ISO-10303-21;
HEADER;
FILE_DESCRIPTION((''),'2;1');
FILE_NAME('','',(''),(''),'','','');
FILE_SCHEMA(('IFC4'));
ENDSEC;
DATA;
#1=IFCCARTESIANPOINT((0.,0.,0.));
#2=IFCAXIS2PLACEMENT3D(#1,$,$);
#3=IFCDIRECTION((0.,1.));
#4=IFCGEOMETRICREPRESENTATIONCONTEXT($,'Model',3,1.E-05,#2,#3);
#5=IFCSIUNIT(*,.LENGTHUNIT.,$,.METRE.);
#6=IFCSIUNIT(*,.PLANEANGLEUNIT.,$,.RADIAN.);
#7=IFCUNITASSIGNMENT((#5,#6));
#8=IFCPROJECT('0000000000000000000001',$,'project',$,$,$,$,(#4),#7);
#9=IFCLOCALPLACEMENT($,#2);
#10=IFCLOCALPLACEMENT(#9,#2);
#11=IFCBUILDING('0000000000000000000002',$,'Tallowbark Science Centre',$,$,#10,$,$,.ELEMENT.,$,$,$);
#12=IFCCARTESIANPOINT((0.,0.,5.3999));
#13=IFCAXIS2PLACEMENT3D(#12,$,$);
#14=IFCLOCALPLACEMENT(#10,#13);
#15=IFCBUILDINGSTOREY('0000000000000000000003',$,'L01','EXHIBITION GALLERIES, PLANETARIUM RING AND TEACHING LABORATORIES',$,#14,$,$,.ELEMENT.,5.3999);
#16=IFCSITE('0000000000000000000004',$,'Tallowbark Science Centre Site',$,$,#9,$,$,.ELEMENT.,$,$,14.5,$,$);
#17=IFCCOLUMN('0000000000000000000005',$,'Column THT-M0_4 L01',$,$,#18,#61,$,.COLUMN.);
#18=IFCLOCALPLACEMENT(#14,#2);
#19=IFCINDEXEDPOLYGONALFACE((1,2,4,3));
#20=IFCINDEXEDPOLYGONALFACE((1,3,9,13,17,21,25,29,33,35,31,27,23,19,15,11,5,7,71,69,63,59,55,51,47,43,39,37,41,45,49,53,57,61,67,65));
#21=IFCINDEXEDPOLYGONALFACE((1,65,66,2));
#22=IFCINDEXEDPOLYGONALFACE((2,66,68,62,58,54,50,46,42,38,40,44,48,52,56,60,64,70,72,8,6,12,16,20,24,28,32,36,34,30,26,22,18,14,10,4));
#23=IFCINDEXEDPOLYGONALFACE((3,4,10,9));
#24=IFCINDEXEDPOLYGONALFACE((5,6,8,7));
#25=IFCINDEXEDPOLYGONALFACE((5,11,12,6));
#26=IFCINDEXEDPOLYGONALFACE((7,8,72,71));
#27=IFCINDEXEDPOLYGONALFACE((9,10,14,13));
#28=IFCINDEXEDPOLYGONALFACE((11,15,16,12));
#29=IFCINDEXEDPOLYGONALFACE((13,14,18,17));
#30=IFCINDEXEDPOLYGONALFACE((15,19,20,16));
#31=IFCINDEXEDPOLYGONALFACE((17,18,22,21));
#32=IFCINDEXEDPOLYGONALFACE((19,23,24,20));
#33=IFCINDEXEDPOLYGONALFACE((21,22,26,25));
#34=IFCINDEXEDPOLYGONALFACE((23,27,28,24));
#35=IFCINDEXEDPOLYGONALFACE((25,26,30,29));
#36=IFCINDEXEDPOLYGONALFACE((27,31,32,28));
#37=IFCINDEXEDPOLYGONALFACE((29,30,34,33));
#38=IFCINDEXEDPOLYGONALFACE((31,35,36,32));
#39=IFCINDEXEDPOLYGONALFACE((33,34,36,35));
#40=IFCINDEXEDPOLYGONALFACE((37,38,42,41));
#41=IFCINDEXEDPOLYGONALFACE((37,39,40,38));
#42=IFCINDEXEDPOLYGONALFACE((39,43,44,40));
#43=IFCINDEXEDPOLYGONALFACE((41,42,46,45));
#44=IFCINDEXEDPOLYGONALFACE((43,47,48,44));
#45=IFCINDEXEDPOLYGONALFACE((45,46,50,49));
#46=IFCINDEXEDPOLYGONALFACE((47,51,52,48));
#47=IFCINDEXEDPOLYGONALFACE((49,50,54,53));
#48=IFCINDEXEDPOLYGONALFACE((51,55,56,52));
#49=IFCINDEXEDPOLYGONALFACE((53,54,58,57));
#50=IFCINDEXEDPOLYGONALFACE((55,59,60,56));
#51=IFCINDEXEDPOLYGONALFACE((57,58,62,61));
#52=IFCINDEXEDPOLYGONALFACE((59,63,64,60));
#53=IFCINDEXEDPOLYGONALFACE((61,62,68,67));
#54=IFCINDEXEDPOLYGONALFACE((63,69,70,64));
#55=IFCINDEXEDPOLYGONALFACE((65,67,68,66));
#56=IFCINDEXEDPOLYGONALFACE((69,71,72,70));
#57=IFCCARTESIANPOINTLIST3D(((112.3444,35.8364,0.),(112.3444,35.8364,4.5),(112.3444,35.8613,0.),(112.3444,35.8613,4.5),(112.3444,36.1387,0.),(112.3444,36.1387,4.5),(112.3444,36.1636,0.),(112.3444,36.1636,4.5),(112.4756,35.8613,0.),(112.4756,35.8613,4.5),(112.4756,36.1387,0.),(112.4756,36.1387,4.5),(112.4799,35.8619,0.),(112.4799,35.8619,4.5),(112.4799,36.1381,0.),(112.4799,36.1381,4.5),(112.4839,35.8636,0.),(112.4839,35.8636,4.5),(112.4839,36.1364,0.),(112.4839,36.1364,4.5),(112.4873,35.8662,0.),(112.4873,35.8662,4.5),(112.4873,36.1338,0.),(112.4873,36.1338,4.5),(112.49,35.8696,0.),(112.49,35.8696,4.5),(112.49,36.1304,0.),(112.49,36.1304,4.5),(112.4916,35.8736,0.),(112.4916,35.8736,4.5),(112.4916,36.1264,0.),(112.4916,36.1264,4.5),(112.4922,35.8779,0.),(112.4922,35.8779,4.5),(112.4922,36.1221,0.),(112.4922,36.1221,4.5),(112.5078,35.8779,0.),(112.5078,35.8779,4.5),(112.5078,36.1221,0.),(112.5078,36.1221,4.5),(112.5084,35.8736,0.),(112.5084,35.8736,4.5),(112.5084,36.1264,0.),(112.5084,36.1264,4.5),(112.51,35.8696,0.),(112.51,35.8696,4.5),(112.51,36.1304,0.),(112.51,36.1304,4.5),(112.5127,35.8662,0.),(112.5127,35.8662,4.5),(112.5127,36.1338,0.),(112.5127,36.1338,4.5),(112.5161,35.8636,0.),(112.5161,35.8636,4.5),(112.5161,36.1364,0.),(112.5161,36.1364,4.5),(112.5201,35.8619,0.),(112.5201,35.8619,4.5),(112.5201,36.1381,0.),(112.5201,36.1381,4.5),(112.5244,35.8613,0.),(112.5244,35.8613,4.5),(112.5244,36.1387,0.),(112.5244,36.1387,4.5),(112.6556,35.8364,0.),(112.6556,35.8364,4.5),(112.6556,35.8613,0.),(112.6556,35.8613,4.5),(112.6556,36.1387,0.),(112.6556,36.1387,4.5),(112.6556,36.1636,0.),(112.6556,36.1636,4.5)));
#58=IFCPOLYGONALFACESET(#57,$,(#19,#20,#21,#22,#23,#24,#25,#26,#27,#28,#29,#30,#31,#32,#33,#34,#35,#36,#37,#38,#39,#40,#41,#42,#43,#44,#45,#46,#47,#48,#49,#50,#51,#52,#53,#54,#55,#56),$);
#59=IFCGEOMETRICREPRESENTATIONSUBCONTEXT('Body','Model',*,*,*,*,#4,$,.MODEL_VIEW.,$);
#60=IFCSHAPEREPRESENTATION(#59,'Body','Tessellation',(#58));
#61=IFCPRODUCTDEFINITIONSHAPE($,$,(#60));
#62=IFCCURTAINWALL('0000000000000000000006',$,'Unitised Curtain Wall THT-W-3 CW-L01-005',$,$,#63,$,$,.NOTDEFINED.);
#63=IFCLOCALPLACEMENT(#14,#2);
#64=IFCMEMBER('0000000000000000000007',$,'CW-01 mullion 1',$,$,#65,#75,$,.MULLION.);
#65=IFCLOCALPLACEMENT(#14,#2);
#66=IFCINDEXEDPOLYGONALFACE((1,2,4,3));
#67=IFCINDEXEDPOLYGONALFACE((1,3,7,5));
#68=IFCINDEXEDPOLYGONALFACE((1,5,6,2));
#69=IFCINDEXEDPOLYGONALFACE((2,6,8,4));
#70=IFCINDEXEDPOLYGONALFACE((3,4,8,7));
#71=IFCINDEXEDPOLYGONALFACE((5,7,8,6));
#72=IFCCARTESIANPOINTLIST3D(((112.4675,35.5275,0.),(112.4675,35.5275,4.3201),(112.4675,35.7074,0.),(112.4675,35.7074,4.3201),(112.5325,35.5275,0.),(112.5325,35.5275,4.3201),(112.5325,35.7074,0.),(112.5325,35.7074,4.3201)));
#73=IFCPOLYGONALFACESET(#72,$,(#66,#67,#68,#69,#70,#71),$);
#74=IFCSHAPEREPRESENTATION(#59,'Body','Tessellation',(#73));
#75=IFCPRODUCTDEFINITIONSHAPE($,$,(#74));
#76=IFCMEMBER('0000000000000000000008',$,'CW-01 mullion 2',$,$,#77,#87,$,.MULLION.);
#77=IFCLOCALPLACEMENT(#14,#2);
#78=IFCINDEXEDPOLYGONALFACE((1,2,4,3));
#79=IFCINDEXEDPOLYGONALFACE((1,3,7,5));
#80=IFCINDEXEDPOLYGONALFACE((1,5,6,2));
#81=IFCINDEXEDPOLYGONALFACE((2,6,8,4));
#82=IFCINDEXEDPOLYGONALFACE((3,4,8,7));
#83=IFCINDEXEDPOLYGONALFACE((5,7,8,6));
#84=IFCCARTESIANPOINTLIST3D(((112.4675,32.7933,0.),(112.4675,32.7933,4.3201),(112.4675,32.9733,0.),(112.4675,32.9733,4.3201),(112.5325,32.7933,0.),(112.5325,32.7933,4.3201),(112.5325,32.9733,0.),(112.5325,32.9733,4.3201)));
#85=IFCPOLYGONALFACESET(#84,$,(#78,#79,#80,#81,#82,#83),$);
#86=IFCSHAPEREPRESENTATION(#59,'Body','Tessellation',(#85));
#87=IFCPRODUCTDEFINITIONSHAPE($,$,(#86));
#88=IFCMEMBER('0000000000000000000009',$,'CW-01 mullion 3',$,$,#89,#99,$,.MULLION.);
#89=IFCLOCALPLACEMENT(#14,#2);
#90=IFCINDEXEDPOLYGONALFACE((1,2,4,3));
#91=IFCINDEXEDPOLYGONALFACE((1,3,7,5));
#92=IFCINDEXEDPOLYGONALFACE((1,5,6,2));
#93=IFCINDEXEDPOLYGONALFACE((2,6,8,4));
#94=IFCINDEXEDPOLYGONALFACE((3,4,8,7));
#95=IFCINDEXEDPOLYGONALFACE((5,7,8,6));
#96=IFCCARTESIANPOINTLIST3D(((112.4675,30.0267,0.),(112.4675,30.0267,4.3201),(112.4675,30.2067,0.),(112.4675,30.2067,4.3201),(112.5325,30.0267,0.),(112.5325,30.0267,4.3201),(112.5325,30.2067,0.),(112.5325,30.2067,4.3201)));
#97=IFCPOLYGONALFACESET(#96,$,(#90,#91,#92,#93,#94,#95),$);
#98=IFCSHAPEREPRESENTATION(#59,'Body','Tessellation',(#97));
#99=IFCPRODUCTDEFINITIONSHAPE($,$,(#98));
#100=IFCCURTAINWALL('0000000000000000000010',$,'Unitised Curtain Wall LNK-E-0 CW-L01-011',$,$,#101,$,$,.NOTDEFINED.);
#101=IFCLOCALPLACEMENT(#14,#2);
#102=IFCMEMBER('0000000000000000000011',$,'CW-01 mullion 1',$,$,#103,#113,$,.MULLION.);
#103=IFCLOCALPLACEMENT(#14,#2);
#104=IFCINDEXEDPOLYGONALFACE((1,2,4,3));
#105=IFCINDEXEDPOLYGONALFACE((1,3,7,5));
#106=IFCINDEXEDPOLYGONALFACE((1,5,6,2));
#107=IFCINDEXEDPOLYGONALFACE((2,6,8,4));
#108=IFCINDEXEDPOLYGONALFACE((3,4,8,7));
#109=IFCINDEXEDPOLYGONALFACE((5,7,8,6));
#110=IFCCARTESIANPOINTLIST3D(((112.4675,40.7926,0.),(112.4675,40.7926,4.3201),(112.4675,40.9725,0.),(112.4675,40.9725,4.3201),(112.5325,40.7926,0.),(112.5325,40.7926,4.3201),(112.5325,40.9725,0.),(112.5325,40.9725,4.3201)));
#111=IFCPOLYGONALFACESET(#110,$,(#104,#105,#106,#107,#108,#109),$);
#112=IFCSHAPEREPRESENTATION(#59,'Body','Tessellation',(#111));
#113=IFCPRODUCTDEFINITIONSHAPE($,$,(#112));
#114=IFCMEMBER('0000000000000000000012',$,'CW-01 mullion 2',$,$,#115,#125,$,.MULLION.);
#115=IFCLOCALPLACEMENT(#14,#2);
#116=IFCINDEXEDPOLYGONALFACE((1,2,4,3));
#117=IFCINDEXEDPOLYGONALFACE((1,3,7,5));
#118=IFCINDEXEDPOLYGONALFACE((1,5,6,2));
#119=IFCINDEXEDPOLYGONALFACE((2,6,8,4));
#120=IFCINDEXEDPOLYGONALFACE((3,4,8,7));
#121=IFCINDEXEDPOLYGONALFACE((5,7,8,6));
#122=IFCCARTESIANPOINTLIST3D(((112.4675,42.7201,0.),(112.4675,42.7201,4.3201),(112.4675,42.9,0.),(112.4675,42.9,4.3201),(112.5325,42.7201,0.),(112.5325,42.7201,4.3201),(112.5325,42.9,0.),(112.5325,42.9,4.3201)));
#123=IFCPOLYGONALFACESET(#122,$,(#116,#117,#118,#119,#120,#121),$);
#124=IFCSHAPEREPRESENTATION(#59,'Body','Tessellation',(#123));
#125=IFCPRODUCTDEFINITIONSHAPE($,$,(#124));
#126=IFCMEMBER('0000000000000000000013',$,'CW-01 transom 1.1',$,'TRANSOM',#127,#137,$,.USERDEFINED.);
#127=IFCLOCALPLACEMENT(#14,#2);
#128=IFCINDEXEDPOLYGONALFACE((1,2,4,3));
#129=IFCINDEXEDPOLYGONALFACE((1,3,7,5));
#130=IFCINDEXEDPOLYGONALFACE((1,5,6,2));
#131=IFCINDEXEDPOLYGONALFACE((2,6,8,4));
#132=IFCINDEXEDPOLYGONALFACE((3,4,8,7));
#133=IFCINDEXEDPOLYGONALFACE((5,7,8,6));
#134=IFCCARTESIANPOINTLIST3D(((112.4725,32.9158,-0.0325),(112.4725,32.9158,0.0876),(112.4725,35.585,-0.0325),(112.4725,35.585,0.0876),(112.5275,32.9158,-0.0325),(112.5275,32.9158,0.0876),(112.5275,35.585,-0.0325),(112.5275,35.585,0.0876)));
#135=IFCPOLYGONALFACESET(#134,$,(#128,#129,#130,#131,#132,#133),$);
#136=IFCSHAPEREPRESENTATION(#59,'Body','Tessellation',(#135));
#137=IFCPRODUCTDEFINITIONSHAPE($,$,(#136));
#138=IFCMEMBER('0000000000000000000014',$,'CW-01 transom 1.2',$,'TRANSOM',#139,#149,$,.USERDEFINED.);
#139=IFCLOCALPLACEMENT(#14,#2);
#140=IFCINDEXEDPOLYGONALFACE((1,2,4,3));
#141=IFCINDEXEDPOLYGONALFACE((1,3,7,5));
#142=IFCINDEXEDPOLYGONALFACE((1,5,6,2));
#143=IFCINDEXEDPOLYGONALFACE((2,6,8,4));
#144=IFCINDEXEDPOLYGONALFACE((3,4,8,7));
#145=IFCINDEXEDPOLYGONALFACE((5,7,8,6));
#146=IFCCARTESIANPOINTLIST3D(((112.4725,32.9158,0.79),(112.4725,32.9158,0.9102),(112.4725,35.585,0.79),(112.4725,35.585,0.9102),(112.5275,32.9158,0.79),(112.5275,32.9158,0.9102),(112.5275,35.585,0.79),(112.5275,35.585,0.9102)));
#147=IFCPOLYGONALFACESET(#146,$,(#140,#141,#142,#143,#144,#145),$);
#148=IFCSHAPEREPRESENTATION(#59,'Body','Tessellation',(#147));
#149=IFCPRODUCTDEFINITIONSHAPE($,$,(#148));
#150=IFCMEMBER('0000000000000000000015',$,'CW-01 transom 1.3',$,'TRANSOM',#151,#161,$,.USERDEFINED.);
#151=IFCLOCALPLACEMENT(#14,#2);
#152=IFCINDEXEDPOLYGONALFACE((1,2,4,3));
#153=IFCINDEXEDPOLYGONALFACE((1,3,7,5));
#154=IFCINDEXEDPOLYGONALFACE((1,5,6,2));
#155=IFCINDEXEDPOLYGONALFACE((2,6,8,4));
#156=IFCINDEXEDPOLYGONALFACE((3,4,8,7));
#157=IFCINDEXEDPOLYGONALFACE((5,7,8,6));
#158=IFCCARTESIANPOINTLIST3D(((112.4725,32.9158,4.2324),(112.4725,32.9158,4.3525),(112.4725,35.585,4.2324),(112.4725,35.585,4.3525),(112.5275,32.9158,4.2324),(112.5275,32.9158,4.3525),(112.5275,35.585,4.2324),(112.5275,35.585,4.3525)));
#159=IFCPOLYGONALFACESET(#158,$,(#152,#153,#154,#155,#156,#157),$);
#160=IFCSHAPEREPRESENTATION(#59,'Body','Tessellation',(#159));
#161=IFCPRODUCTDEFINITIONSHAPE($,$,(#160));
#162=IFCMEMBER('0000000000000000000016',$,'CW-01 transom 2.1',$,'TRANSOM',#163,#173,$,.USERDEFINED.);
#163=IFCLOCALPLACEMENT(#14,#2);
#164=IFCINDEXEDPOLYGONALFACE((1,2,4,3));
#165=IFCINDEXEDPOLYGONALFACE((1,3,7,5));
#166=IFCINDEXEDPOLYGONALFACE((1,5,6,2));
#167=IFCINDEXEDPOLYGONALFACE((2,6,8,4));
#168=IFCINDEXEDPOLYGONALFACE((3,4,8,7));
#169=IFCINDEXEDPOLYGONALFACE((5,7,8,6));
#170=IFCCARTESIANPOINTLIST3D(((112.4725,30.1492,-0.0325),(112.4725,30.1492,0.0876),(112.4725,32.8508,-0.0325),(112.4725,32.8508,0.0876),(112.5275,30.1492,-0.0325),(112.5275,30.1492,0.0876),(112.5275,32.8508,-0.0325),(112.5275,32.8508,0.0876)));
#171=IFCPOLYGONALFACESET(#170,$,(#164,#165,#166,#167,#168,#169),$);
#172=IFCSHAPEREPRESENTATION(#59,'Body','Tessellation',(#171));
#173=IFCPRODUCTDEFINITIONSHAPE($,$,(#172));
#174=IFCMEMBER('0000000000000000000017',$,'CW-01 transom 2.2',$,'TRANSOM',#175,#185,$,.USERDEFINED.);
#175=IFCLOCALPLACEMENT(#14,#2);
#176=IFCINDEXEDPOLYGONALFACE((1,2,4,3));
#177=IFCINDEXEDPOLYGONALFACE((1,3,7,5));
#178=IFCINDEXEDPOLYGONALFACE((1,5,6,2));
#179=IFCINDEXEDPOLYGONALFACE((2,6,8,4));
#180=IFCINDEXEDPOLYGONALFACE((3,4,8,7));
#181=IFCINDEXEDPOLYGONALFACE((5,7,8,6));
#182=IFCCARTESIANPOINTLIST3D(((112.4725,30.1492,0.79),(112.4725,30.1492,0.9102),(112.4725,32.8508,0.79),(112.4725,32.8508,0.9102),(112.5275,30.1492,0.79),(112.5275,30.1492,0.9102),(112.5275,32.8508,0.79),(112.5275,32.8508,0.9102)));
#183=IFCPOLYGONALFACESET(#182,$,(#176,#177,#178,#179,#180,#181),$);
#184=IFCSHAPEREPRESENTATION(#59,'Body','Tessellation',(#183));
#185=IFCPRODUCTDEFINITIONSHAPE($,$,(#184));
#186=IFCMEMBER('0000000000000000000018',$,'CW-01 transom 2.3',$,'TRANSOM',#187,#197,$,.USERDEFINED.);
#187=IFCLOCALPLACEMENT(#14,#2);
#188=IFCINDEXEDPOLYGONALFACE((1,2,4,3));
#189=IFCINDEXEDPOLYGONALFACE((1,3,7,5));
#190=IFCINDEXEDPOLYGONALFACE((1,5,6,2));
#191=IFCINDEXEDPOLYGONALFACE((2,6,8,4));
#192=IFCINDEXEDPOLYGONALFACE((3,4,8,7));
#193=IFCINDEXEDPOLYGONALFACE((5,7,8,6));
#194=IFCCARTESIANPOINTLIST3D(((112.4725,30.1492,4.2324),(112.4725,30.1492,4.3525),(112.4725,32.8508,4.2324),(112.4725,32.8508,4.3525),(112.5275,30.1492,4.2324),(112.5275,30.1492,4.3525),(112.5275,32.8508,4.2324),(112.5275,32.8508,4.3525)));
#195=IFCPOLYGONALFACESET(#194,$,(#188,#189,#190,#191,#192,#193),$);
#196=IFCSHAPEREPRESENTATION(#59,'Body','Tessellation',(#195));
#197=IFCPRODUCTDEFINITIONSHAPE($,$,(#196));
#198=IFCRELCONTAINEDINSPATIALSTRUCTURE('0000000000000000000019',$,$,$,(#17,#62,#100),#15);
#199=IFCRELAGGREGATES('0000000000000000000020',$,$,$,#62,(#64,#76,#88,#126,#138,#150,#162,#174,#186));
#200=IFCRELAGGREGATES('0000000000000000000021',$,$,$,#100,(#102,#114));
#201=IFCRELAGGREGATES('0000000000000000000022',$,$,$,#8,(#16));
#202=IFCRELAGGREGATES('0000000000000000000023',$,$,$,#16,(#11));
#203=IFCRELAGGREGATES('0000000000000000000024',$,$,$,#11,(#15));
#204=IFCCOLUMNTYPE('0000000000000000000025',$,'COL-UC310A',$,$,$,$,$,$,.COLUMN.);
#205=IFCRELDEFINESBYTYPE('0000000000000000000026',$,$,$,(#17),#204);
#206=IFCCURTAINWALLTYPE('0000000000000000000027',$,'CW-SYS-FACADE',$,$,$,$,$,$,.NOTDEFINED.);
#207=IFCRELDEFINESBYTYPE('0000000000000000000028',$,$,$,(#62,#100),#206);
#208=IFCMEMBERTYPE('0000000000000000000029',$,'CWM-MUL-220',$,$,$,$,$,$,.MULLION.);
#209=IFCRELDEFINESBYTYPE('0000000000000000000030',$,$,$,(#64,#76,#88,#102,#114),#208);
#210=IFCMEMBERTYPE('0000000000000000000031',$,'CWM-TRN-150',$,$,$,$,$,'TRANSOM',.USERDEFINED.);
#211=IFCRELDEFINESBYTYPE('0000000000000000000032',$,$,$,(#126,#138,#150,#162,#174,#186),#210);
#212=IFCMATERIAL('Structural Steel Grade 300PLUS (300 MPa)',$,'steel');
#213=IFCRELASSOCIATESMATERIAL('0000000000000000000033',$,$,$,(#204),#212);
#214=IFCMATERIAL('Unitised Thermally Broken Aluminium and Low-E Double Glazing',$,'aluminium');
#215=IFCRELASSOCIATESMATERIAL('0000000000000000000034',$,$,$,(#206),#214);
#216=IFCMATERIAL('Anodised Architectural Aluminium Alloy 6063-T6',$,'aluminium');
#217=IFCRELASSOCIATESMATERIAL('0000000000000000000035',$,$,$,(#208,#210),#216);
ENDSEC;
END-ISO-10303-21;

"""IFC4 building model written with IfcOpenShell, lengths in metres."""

from ifc_helpers import new_model, si_unit, direction, frame, origin, origin_2d, place, context, subcontext, project, spatial, rectangle, i_section, extrude, material, material_profile, profile_set, type_object, element, aggregate, save


model = new_model("IFC4")

# Units and contexts
model_context = context("Model", 3, precision=1e-05, world=origin(), true_north=direction((0.0, 1.0)))
body_context = subcontext(model_context, "Body", "Model", "MODEL_VIEW")
ifc_project = project(units=[si_unit("LENGTHUNIT", "METRE"), si_unit("PLANEANGLEUNIT", "RADIAN")], contexts=[model_context])

# Site, building, storey
site_placement = place(None, origin())
site = spatial("IfcSite", under=ifc_project, at=site_placement, Name="Tallowbark Science Centre Site", CompositionType="ELEMENT", RefElevation=14.5)
building_placement = place(site_placement, origin())
building = spatial("IfcBuilding", under=site, at=building_placement, Name="Tallowbark Science Centre", CompositionType="ELEMENT")
storey_placement = place(building_placement, frame((0.0, 0.0, 5.3999)))
storey = spatial("IfcBuildingStorey", under=building, at=storey_placement, Name="L01", Description="EXHIBITION GALLERIES, PLANETARIUM RING AND TEACHING LABORATORIES", CompositionType="ELEMENT", Elevation=5.3999)

# Column
ifc_material_1 = material(Name="Structural Steel Grade 300PLUS (300 MPa)", Category="steel")
ifc_material_profile_1 = material_profile(ifc_material_1, i_section(OverallWidth=0.3113, OverallDepth=0.3271, WebThickness=0.0156, FlangeThickness=0.0249, FilletRadius=0.0166, at=origin_2d()), Name="310UC158")
ifc_profile_set_1 = profile_set([ifc_material_profile_1], Name="Structural Steel Grade 300PLUS (300 MPa)")
column_type = type_object("IfcColumnType", Name="COL-UC310A", PredefinedType="COLUMN", material=ifc_profile_set_1)
column_placement = place(storey_placement, frame((112.5, 36.0, 0.0), z_axis=(0.0, 0.0, 1.0), x_axis=(1.0, 0.0, 0.0)))
element("IfcColumn", 1, at=column_placement, inside=storey, type_object=column_type, Name="Column THT-M0_4 L01", PredefinedType="COLUMN", context=body_context, shape_type="SweptSolid", body=[
    extrude(i_section(OverallWidth=0.3113, OverallDepth=0.3271, WebThickness=0.0156, FlangeThickness=0.0249, FilletRadius=0.0166, at=origin_2d()), origin(), (0.0, 0.0, 1.0), 4.5),
])

# Curtain walls, members
ifc_material_2 = material(Name="Unitised Thermally Broken Aluminium and Low-E Double Glazing", Category="aluminium")
curtain_wall_type = type_object("IfcCurtainWallType", Name="CW-SYS-FACADE", PredefinedType="NOTDEFINED", material=ifc_material_2)
curtain_wall_1_placement = place(storey_placement, origin())
curtain_wall_1 = element("IfcCurtainWall", 2, at=curtain_wall_1_placement, inside=storey, type_object=curtain_wall_type, Name="Unitised Curtain Wall THT-W-3 CW-L01-005", PredefinedType="NOTDEFINED")
ifc_material_3 = material(Name="Anodised Architectural Aluminium Alloy 6063-T6", Category="aluminium")
ifc_material_profile_2 = material_profile(ifc_material_3, rectangle(XDim=0.0649, YDim=0.1799, at=origin_2d()), Name="ALU65x180")
ifc_profile_set_2 = profile_set([ifc_material_profile_2], Name="Anodised Architectural Aluminium Alloy 6063-T6")
member_type_1 = type_object("IfcMemberType", Name="CWM-MUL-220", PredefinedType="MULLION", material=ifc_profile_set_2)
member_1_placement = place(storey_placement, frame((112.5, 35.6174, 0.0), z_axis=(0.0, 0.0, 1.0), x_axis=(1.0, 0.0, 0.0)))
member_1 = element("IfcMember", 3, at=member_1_placement, type_object=member_type_1, Name="CW-01 mullion 1", PredefinedType="MULLION", context=body_context, shape_type="SweptSolid", body=[
    extrude(rectangle(XDim=0.0649, YDim=0.1799, at=origin_2d()), origin(), (0.0, 0.0, 1.0), 4.3201),
])
member_2_placement = place(storey_placement, frame((112.5, 32.8833, 0.0), z_axis=(0.0, 0.0, 1.0), x_axis=(1.0, 0.0, 0.0)))
member_2 = element("IfcMember", 4, at=member_2_placement, type_object=member_type_1, Name="CW-01 mullion 2", PredefinedType="MULLION", context=body_context, shape_type="SweptSolid", body=[
    extrude(rectangle(XDim=0.0649, YDim=0.1799, at=origin_2d()), origin(), (0.0, 0.0, 1.0), 4.3201),
])
member_3_placement = place(storey_placement, frame((112.5, 30.1167, 0.0), z_axis=(0.0, 0.0, 1.0), x_axis=(1.0, 0.0, 0.0)))
member_3 = element("IfcMember", 5, at=member_3_placement, type_object=member_type_1, Name="CW-01 mullion 3", PredefinedType="MULLION", context=body_context, shape_type="SweptSolid", body=[
    extrude(rectangle(XDim=0.0649, YDim=0.1799, at=origin_2d()), origin(), (0.0, 0.0, 1.0), 4.3201),
])
curtain_wall_2_placement = place(storey_placement, origin())
curtain_wall_2 = element("IfcCurtainWall", 6, at=curtain_wall_2_placement, inside=storey, type_object=curtain_wall_type, Name="Unitised Curtain Wall LNK-E-0 CW-L01-011", PredefinedType="NOTDEFINED")
member_4_placement = place(storey_placement, frame((112.5, 40.8826, 0.0), z_axis=(0.0, 0.0, 1.0), x_axis=(-1.0, 0.0, 0.0)))
member_4 = element("IfcMember", 7, at=member_4_placement, type_object=member_type_1, Name="CW-01 mullion 1", PredefinedType="MULLION", context=body_context, shape_type="SweptSolid", body=[
    extrude(rectangle(XDim=0.0649, YDim=0.1799, at=origin_2d()), origin(), (0.0, 0.0, 1.0), 4.3201),
])
member_5_placement = place(storey_placement, frame((112.5, 42.8101, 0.0), z_axis=(0.0, 0.0, 1.0), x_axis=(-1.0, 0.0, 0.0)))
member_5 = element("IfcMember", 8, at=member_5_placement, type_object=member_type_1, Name="CW-01 mullion 2", PredefinedType="MULLION", context=body_context, shape_type="SweptSolid", body=[
    extrude(rectangle(XDim=0.0649, YDim=0.1799, at=origin_2d()), origin(), (0.0, 0.0, 1.0), 4.3201),
])

# Members
ifc_material_profile_3 = material_profile(ifc_material_3, rectangle(XDim=0.0549, YDim=0.1201, at=origin_2d()), Name="ALU55x120")
ifc_profile_set_3 = profile_set([ifc_material_profile_3], Name="Anodised Architectural Aluminium Alloy 6063-T6")
member_type_2 = type_object("IfcMemberType", Name="CWM-TRN-150", ElementType="TRANSOM", PredefinedType="USERDEFINED", material=ifc_profile_set_3)
member_6_placement = place(storey_placement, frame((112.5, 35.585, 0.0276), z_axis=(0.0, -1.0, 0.0), x_axis=(1.0, 0.0, 0.0)))
member_6 = element("IfcMember", 9, at=member_6_placement, type_object=member_type_2, Name="CW-01 transom 1.1", ObjectType="TRANSOM", PredefinedType="USERDEFINED", context=body_context, shape_type="SweptSolid", body=[
    extrude(rectangle(XDim=0.0549, YDim=0.1201, at=origin_2d()), origin(), (0.0, 0.0, 1.0), 2.6692),
])
member_7_placement = place(storey_placement, frame((112.5, 35.585, 0.8501), z_axis=(0.0, -1.0, 0.0), x_axis=(1.0, 0.0, 0.0)))
member_7 = element("IfcMember", 10, at=member_7_placement, type_object=member_type_2, Name="CW-01 transom 1.2", ObjectType="TRANSOM", PredefinedType="USERDEFINED", context=body_context, shape_type="SweptSolid", body=[
    extrude(rectangle(XDim=0.0549, YDim=0.1201, at=origin_2d()), origin(), (0.0, 0.0, 1.0), 2.6692),
])
member_8_placement = place(storey_placement, frame((112.5, 35.585, 4.2925), z_axis=(0.0, -1.0, 0.0), x_axis=(1.0, 0.0, 0.0)))
member_8 = element("IfcMember", 11, at=member_8_placement, type_object=member_type_2, Name="CW-01 transom 1.3", ObjectType="TRANSOM", PredefinedType="USERDEFINED", context=body_context, shape_type="SweptSolid", body=[
    extrude(rectangle(XDim=0.0549, YDim=0.1201, at=origin_2d()), origin(), (0.0, 0.0, 1.0), 2.6692),
])
member_9_placement = place(storey_placement, frame((112.5, 32.8508, 0.0276), z_axis=(0.0, -1.0, 0.0), x_axis=(1.0, 0.0, 0.0)))
member_9 = element("IfcMember", 12, at=member_9_placement, type_object=member_type_2, Name="CW-01 transom 2.1", ObjectType="TRANSOM", PredefinedType="USERDEFINED", context=body_context, shape_type="SweptSolid", body=[
    extrude(rectangle(XDim=0.0549, YDim=0.1201, at=origin_2d()), origin(), (0.0, 0.0, 1.0), 2.7017),
])
member_10_placement = place(storey_placement, frame((112.5, 32.8508, 0.8501), z_axis=(0.0, -1.0, 0.0), x_axis=(1.0, 0.0, 0.0)))
member_10 = element("IfcMember", 13, at=member_10_placement, type_object=member_type_2, Name="CW-01 transom 2.2", ObjectType="TRANSOM", PredefinedType="USERDEFINED", context=body_context, shape_type="SweptSolid", body=[
    extrude(rectangle(XDim=0.0549, YDim=0.1201, at=origin_2d()), origin(), (0.0, 0.0, 1.0), 2.7017),
])
member_11_placement = place(storey_placement, frame((112.5, 32.8508, 4.2925), z_axis=(0.0, -1.0, 0.0), x_axis=(1.0, 0.0, 0.0)))
member_11 = element("IfcMember", 14, at=member_11_placement, type_object=member_type_2, Name="CW-01 transom 2.3", ObjectType="TRANSOM", PredefinedType="USERDEFINED", context=body_context, shape_type="SweptSolid", body=[
    extrude(rectangle(XDim=0.0549, YDim=0.1201, at=origin_2d()), origin(), (0.0, 0.0, 1.0), 2.7017),
])

aggregate(curtain_wall_1, [member_1, member_2, member_3, member_6, member_7, member_8, member_9, member_10, member_11])
aggregate(curtain_wall_2, [member_4, member_5])

save(model, "model.ifc")
